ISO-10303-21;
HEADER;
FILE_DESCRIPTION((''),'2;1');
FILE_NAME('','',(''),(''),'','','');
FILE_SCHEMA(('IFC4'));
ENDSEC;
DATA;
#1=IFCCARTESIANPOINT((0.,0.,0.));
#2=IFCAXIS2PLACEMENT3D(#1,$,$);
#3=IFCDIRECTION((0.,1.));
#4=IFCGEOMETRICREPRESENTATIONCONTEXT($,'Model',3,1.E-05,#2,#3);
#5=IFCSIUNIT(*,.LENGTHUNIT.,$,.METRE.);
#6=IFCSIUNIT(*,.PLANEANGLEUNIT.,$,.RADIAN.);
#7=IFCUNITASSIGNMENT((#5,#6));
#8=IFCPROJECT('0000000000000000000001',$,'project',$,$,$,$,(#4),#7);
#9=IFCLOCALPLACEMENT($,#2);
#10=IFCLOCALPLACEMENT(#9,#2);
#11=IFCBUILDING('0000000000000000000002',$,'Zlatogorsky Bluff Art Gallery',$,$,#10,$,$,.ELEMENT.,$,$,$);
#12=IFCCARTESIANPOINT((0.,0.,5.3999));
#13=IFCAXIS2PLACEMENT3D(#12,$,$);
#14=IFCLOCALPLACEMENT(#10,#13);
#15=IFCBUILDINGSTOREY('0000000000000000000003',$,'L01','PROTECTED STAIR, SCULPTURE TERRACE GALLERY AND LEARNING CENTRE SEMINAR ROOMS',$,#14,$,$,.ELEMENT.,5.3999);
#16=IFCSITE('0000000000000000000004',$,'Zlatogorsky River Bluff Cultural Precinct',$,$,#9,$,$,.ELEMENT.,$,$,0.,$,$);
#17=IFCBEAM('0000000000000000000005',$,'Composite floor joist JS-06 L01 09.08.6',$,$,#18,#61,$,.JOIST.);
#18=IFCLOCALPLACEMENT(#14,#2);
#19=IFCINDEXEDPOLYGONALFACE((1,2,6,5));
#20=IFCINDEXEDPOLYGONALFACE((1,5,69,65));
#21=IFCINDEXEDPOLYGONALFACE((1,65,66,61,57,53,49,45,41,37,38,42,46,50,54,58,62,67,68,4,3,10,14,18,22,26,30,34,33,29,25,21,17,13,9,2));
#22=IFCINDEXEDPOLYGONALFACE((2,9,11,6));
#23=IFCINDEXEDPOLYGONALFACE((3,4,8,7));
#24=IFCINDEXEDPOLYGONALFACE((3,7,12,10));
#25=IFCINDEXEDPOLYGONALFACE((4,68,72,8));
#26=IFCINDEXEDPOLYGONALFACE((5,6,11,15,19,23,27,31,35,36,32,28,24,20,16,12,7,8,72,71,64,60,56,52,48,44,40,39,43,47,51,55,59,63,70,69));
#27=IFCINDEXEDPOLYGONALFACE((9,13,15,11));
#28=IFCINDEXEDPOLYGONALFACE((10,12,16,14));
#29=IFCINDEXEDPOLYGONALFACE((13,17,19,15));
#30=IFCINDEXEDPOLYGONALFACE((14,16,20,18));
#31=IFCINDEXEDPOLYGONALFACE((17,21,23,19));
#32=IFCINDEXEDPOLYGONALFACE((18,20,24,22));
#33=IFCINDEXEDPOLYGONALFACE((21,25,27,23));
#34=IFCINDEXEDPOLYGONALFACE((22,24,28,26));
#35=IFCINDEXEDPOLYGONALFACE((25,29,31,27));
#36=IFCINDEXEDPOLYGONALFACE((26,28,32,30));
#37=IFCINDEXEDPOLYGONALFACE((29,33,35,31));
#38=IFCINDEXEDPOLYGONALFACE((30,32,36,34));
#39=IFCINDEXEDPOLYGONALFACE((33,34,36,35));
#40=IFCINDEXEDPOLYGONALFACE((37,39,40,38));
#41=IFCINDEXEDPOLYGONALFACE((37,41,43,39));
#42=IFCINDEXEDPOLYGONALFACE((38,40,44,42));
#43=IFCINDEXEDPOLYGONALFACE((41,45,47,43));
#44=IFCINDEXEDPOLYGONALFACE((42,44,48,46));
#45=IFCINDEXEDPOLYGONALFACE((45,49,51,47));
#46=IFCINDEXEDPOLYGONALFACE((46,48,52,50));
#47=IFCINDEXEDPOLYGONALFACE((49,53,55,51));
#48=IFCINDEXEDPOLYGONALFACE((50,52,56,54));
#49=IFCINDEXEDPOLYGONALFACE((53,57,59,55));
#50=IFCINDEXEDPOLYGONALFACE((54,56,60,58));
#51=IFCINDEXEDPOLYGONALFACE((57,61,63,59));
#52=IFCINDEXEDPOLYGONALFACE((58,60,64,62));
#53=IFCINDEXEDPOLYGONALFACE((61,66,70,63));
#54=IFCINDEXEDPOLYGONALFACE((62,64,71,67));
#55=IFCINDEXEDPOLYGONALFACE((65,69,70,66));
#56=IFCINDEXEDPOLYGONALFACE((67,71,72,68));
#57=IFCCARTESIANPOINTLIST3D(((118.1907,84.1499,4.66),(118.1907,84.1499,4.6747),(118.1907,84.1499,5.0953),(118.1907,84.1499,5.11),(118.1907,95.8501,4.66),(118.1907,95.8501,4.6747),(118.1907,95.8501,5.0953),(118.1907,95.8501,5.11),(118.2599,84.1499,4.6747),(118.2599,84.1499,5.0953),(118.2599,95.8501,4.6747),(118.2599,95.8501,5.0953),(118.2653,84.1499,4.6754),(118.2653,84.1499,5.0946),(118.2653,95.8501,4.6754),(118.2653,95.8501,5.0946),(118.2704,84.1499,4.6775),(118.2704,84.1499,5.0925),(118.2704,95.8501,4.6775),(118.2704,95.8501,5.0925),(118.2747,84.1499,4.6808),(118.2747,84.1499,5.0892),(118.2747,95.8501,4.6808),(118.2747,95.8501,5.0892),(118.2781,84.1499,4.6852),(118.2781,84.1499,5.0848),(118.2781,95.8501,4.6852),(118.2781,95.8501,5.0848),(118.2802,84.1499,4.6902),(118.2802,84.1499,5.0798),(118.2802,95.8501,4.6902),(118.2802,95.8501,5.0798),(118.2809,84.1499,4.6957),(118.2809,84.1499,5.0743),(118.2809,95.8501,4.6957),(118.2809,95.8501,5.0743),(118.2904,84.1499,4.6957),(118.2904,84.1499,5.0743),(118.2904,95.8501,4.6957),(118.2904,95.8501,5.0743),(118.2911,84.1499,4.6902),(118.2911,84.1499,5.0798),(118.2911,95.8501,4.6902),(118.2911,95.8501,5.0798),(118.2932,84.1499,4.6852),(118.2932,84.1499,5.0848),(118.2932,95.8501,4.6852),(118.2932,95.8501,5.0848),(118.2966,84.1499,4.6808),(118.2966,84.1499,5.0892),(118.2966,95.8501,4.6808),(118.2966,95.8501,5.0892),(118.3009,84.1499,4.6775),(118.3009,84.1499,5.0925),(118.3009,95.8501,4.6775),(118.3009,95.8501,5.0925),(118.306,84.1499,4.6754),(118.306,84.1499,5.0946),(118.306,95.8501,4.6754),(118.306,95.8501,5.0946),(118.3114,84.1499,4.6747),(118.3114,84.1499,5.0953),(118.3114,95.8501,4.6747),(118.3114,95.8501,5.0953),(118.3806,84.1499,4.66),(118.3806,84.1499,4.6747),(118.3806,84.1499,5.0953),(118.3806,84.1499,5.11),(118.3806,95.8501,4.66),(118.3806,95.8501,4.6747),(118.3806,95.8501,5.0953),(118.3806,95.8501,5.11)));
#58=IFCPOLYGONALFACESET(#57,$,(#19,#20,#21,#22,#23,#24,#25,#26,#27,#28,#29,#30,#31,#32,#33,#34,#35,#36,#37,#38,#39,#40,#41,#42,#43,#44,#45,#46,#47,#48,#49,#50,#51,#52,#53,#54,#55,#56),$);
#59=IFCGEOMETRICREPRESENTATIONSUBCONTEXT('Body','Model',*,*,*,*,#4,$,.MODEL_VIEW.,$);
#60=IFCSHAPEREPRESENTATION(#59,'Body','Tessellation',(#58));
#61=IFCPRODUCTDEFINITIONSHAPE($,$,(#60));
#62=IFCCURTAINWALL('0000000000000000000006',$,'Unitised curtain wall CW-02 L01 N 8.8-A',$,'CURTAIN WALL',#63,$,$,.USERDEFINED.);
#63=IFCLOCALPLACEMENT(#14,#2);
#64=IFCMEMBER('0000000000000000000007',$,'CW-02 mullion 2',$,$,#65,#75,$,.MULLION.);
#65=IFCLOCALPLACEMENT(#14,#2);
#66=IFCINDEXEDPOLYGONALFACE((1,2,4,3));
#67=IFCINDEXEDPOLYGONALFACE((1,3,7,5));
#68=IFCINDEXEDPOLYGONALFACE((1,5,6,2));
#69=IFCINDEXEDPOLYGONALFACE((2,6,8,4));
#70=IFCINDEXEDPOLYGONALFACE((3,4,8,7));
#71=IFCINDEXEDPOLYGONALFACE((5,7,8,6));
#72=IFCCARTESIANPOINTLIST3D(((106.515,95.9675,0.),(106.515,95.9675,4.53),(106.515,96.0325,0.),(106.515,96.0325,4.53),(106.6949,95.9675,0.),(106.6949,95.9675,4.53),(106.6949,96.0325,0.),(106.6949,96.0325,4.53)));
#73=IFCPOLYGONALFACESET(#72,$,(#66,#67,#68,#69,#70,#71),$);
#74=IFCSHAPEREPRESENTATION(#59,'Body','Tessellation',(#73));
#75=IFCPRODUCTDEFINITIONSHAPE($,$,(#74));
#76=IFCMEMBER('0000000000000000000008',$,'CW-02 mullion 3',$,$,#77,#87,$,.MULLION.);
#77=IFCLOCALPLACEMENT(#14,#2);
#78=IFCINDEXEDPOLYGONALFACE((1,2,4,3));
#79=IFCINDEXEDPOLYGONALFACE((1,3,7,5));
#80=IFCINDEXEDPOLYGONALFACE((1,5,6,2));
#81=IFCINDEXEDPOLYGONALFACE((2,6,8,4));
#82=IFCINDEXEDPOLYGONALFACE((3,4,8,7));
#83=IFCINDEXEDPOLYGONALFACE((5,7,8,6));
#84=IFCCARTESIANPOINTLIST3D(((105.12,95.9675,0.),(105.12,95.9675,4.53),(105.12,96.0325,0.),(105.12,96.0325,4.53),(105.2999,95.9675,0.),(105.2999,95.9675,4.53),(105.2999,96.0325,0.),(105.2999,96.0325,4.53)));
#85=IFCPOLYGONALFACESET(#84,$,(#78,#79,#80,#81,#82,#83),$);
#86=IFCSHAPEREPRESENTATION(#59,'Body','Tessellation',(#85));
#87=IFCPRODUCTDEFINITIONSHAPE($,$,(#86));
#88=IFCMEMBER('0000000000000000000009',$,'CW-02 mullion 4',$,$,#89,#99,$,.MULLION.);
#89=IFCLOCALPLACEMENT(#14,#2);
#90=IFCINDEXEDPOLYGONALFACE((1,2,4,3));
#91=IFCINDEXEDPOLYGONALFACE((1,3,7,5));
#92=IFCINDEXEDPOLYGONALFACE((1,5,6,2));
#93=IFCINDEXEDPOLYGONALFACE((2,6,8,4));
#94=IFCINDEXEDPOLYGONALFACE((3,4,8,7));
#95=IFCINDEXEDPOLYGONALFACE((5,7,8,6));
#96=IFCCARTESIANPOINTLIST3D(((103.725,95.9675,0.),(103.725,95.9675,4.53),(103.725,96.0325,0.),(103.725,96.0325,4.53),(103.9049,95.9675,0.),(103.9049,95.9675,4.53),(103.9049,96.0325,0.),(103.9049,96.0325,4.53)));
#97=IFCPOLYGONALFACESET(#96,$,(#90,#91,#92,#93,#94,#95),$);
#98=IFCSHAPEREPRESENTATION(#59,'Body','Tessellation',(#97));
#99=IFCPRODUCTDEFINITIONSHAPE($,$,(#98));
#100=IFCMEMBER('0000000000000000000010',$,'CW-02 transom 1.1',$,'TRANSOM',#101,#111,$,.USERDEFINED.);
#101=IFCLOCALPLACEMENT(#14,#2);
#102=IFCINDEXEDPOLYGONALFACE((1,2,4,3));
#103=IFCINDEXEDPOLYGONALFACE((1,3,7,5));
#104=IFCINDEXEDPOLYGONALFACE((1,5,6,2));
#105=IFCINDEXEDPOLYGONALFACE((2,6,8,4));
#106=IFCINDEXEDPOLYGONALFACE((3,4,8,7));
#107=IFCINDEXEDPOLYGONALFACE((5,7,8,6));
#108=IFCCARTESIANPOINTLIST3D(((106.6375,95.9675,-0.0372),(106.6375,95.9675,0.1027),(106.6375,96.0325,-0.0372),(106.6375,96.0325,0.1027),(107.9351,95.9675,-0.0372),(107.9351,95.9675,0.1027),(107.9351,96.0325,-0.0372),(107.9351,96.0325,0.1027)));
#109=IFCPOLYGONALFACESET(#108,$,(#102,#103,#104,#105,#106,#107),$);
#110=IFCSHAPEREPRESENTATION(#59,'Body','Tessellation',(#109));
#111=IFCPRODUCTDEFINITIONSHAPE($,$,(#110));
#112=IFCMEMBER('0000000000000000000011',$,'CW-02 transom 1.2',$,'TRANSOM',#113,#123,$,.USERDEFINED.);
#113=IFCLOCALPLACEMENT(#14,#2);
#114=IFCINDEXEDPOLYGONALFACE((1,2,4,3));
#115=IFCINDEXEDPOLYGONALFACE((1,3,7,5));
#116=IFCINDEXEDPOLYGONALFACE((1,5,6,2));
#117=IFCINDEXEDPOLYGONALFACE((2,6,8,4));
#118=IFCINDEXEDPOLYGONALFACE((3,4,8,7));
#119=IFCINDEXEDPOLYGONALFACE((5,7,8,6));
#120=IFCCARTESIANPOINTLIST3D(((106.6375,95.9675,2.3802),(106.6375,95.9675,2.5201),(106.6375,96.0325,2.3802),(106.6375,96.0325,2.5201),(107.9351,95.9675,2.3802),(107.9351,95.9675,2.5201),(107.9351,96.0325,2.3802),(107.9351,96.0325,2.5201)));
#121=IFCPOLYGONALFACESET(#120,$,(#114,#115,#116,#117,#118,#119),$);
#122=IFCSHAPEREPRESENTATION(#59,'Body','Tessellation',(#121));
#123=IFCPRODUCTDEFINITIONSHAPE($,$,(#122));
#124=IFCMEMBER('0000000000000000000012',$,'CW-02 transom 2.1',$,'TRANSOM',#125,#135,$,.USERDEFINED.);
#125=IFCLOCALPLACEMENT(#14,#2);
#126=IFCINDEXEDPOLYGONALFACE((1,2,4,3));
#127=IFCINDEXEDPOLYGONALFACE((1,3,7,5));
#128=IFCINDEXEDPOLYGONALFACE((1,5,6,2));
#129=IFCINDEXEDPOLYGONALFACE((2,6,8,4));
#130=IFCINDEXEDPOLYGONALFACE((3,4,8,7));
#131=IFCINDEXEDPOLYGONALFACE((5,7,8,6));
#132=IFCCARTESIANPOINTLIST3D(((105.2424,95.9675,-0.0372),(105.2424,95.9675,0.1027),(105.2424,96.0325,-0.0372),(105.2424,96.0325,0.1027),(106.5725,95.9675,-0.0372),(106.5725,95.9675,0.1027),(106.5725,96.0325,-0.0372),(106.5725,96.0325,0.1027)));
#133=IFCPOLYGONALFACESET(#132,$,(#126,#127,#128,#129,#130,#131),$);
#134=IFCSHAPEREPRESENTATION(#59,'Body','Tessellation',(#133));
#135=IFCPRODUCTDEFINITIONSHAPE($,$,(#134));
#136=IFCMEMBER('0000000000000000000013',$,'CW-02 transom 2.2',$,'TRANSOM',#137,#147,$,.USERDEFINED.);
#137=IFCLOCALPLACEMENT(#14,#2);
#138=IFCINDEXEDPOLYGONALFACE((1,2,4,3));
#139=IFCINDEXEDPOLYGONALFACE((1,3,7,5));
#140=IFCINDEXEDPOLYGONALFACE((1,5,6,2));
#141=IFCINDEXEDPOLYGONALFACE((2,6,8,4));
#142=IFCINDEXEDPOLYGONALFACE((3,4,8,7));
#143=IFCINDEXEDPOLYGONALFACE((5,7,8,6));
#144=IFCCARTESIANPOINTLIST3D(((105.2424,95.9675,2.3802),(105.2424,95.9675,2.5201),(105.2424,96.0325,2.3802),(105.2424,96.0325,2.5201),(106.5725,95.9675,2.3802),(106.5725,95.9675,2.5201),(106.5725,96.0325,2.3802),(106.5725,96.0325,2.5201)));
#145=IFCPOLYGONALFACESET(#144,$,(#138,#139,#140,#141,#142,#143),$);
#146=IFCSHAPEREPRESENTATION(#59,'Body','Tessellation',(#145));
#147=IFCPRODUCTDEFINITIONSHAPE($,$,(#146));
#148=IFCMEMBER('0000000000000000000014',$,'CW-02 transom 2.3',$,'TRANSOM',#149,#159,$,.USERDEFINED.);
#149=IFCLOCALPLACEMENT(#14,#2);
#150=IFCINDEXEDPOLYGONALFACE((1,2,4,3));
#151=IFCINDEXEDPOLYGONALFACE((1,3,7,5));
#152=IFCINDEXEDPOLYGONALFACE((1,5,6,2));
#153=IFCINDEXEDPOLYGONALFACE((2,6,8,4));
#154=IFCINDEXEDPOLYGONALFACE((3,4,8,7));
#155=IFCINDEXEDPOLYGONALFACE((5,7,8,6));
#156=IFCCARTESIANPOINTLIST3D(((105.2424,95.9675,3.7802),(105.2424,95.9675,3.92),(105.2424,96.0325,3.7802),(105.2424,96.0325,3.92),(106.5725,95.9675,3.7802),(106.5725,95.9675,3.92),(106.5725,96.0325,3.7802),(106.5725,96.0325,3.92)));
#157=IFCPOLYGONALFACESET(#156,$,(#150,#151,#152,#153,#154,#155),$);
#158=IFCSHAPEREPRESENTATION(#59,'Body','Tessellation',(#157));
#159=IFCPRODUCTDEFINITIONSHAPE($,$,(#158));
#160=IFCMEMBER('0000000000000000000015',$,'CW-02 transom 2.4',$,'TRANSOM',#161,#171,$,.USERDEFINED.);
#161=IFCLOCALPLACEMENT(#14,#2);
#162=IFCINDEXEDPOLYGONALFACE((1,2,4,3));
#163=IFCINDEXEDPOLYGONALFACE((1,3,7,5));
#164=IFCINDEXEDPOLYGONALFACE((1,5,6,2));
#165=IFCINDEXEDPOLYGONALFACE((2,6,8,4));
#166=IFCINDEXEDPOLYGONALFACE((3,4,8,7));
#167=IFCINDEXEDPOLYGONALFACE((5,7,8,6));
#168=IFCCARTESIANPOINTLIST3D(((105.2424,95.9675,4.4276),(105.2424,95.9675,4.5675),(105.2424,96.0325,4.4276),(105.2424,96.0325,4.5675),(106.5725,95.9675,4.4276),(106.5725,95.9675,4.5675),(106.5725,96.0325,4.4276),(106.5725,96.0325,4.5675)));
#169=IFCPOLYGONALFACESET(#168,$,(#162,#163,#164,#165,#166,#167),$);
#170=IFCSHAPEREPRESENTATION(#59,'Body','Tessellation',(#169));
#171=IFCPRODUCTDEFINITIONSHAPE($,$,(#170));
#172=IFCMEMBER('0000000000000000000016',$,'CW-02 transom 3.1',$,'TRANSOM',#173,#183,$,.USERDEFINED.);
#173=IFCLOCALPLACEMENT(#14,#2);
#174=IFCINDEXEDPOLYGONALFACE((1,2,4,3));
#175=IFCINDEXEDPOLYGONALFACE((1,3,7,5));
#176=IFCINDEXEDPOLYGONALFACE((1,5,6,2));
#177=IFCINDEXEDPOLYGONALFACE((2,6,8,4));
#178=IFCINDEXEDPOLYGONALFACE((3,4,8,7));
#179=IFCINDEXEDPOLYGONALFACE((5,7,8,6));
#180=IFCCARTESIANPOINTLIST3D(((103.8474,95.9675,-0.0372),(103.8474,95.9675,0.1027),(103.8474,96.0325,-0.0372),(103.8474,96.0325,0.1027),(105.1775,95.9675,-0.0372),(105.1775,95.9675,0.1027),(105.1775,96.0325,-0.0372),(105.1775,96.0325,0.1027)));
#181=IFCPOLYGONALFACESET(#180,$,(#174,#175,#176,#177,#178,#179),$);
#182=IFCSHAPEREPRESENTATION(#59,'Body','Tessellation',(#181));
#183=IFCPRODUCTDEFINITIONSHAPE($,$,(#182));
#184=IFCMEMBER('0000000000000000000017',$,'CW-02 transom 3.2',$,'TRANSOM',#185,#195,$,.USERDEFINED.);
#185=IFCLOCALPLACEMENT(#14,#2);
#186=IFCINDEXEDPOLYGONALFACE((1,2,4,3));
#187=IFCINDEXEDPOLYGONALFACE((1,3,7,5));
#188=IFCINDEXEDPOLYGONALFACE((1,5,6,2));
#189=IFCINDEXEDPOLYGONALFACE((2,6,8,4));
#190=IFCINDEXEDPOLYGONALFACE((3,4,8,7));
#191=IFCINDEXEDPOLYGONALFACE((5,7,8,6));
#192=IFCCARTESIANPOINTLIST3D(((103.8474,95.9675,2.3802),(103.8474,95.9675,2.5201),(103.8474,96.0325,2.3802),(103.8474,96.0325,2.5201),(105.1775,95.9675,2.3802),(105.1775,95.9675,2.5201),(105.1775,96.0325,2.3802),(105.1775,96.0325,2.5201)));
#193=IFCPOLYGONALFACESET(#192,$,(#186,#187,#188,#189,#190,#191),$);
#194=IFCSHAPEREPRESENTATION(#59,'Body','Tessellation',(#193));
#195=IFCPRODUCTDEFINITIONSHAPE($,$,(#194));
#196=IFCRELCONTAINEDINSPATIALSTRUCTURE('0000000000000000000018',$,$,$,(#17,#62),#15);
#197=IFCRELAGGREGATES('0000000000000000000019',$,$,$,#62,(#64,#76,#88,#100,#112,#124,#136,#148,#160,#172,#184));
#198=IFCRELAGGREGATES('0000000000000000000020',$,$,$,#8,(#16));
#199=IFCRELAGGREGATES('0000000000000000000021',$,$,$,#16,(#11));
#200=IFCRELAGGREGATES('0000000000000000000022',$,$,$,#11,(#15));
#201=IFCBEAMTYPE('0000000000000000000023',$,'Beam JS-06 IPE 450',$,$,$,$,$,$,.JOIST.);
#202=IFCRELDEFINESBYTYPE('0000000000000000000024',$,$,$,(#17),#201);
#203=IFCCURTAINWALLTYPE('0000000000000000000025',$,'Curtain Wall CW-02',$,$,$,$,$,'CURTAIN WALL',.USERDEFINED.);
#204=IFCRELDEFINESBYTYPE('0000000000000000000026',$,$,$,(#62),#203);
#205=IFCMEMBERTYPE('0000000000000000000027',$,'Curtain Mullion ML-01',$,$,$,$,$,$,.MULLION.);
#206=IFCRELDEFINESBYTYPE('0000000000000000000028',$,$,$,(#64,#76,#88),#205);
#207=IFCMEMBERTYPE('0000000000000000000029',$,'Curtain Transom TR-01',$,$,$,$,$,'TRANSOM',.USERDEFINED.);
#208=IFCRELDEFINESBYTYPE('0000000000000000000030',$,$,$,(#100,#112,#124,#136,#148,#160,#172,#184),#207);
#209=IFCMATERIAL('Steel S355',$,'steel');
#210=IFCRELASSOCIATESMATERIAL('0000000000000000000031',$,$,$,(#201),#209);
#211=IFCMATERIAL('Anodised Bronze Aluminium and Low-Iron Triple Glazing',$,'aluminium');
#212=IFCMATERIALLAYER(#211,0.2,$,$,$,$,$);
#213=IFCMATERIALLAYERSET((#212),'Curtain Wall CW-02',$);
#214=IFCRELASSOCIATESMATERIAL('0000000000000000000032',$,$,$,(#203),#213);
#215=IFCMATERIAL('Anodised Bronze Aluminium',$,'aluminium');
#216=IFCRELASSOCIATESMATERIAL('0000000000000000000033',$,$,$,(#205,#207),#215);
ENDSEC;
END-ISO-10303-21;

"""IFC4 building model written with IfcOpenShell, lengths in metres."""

from ifc_helpers import new_model, si_unit, direction, frame, origin, origin_2d, place, context, subcontext, project, spatial, rectangle, i_section, extrude, material, layer, layer_set, material_profile, profile_set, type_object, element, aggregate, save


model = new_model("IFC4")

# Units and contexts
model_context = context("Model", 3, precision=1e-05, world=origin(), true_north=direction((0.0, 1.0)))
body_context = subcontext(model_context, "Body", "Model", "MODEL_VIEW")
ifc_project = project(units=[si_unit("LENGTHUNIT", "METRE"), si_unit("PLANEANGLEUNIT", "RADIAN")], contexts=[model_context])

# Site, building, storey
site_placement = place(None, origin())
site = spatial("IfcSite", under=ifc_project, at=site_placement, Name="Zlatogorsky River Bluff Cultural Precinct", CompositionType="ELEMENT", RefElevation=0.0)
building_placement = place(site_placement, origin())
building = spatial("IfcBuilding", under=site, at=building_placement, Name="Zlatogorsky Bluff Art Gallery", CompositionType="ELEMENT")
storey_placement = place(building_placement, frame((0.0, 0.0, 5.3999)))
storey = spatial("IfcBuildingStorey", under=building, at=storey_placement, Name="L01", Description="PROTECTED STAIR, SCULPTURE TERRACE GALLERY AND LEARNING CENTRE SEMINAR ROOMS", CompositionType="ELEMENT", Elevation=5.3999)

# Beam
ifc_material_1 = material(Name="Steel S355", Category="steel")
ifc_material_profile_1 = material_profile(ifc_material_1, i_section(OverallWidth=0.1899, OverallDepth=0.45, WebThickness=0.0095, FlangeThickness=0.0146, FilletRadius=0.021, at=origin_2d()), Name="IPE 450")
ifc_profile_set_1 = profile_set([ifc_material_profile_1], Name="Steel S355")
beam_type = type_object("IfcBeamType", Name="Beam JS-06 IPE 450", PredefinedType="JOIST", material=ifc_profile_set_1)
beam_placement = place(storey_placement, frame((118.2856, 84.1499, 4.885), z_axis=(0.0, 1.0, 0.0), x_axis=(-1.0, 0.0, 0.0)))
element("IfcBeam", 1, at=beam_placement, inside=storey, type_object=beam_type, Name="Composite floor joist JS-06 L01 09.08.6", PredefinedType="JOIST", context=body_context, shape_type="SweptSolid", body=[
    extrude(i_section(OverallWidth=0.1899, OverallDepth=0.45, WebThickness=0.0095, FlangeThickness=0.0146, FilletRadius=0.021, at=origin_2d()), origin(), (0.0, 0.0, 1.0), 11.7002),
])

# Curtain wall, members
ifc_material_2 = material(Name="Anodised Bronze Aluminium and Low-Iron Triple Glazing", Category="aluminium")
ifc_layer_1 = layer(ifc_material_2, 0.2)
ifc_layer_set_1 = layer_set([ifc_layer_1], Name="Curtain Wall CW-02")
curtain_wall_type = type_object("IfcCurtainWallType", Name="Curtain Wall CW-02", ElementType="CURTAIN WALL", PredefinedType="USERDEFINED", material=ifc_layer_set_1)
curtain_wall_placement = place(storey_placement, origin())
curtain_wall = element("IfcCurtainWall", 2, at=curtain_wall_placement, inside=storey, type_object=curtain_wall_type, Name="Unitised curtain wall CW-02 L01 N 8.8-A", ObjectType="CURTAIN WALL", PredefinedType="USERDEFINED")
ifc_material_3 = material(Name="Anodised Bronze Aluminium", Category="aluminium")
ifc_material_profile_2 = material_profile(ifc_material_3, rectangle(XDim=0.0649, YDim=0.1799, at=origin_2d()), Name="ALU MULLION 65x180")
ifc_profile_set_2 = profile_set([ifc_material_profile_2], Name="Anodised Bronze Aluminium")
member_type_1 = type_object("IfcMemberType", Name="Curtain Mullion ML-01", PredefinedType="MULLION", material=ifc_profile_set_2)
member_1_placement = place(storey_placement, frame((106.605, 96.0, 0.0), z_axis=(0.0, 0.0, 1.0), x_axis=(0.0, -1.0, 0.0)))
member_1 = element("IfcMember", 3, at=member_1_placement, type_object=member_type_1, Name="CW-02 mullion 2", PredefinedType="MULLION", context=body_context, shape_type="SweptSolid", body=[
    extrude(rectangle(XDim=0.0649, YDim=0.1799, at=origin_2d()), origin(), (0.0, 0.0, 1.0), 4.53),
])
member_2_placement = place(storey_placement, frame((105.21, 96.0, 0.0), z_axis=(0.0, 0.0, 1.0), x_axis=(0.0, -1.0, 0.0)))
member_2 = element("IfcMember", 4, at=member_2_placement, type_object=member_type_1, Name="CW-02 mullion 3", PredefinedType="MULLION", context=body_context, shape_type="SweptSolid", body=[
    extrude(rectangle(XDim=0.0649, YDim=0.1799, at=origin_2d()), origin(), (0.0, 0.0, 1.0), 4.53),
])
member_3_placement = place(storey_placement, frame((103.8149, 96.0, 0.0), z_axis=(0.0, 0.0, 1.0), x_axis=(0.0, -1.0, 0.0)))
member_3 = element("IfcMember", 5, at=member_3_placement, type_object=member_type_1, Name="CW-02 mullion 4", PredefinedType="MULLION", context=body_context, shape_type="SweptSolid", body=[
    extrude(rectangle(XDim=0.0649, YDim=0.1799, at=origin_2d()), origin(), (0.0, 0.0, 1.0), 4.53),
])
ifc_material_profile_3 = material_profile(ifc_material_3, rectangle(XDim=0.0649, YDim=0.1399, at=origin_2d()), Name="ALU TRANSOM 65x140")
ifc_profile_set_3 = profile_set([ifc_material_profile_3], Name="Anodised Bronze Aluminium")
member_type_2 = type_object("IfcMemberType", Name="Curtain Transom TR-01", ElementType="TRANSOM", PredefinedType="USERDEFINED", material=ifc_profile_set_3)
member_4_placement = place(storey_placement, frame((107.9351, 96.0, 0.0327), z_axis=(-1.0, 0.0, 0.0), x_axis=(0.0, -1.0, 0.0)))
member_4 = element("IfcMember", 6, at=member_4_placement, type_object=member_type_2, Name="CW-02 transom 1.1", ObjectType="TRANSOM", PredefinedType="USERDEFINED", context=body_context, shape_type="SweptSolid", body=[
    extrude(rectangle(XDim=0.0649, YDim=0.1399, at=origin_2d()), origin(), (0.0, 0.0, 1.0), 1.2976),
])
member_5_placement = place(storey_placement, frame((107.9351, 96.0, 2.4502), z_axis=(-1.0, 0.0, 0.0), x_axis=(0.0, -1.0, 0.0)))
member_5 = element("IfcMember", 7, at=member_5_placement, type_object=member_type_2, Name="CW-02 transom 1.2", ObjectType="TRANSOM", PredefinedType="USERDEFINED", context=body_context, shape_type="SweptSolid", body=[
    extrude(rectangle(XDim=0.0649, YDim=0.1399, at=origin_2d()), origin(), (0.0, 0.0, 1.0), 1.2976),
])
member_6_placement = place(storey_placement, frame((106.5725, 96.0, 0.0327), z_axis=(-1.0, 0.0, 0.0), x_axis=(0.0, -1.0, 0.0)))
member_6 = element("IfcMember", 8, at=member_6_placement, type_object=member_type_2, Name="CW-02 transom 2.1", ObjectType="TRANSOM", PredefinedType="USERDEFINED", context=body_context, shape_type="SweptSolid", body=[
    extrude(rectangle(XDim=0.0649, YDim=0.1399, at=origin_2d()), origin(), (0.0, 0.0, 1.0), 1.3301),
])
member_7_placement = place(storey_placement, frame((106.5725, 96.0, 2.4502), z_axis=(-1.0, 0.0, 0.0), x_axis=(0.0, -1.0, 0.0)))
member_7 = element("IfcMember", 9, at=member_7_placement, type_object=member_type_2, Name="CW-02 transom 2.2", ObjectType="TRANSOM", PredefinedType="USERDEFINED", context=body_context, shape_type="SweptSolid", body=[
    extrude(rectangle(XDim=0.0649, YDim=0.1399, at=origin_2d()), origin(), (0.0, 0.0, 1.0), 1.3301),
])
member_8_placement = place(storey_placement, frame((106.5725, 96.0, 3.8501), z_axis=(-1.0, 0.0, 0.0), x_axis=(0.0, -1.0, 0.0)))
member_8 = element("IfcMember", 10, at=member_8_placement, type_object=member_type_2, Name="CW-02 transom 2.3", ObjectType="TRANSOM", PredefinedType="USERDEFINED", context=body_context, shape_type="SweptSolid", body=[
    extrude(rectangle(XDim=0.0649, YDim=0.1399, at=origin_2d()), origin(), (0.0, 0.0, 1.0), 1.3301),
])
member_9_placement = place(storey_placement, frame((106.5725, 96.0, 4.4976), z_axis=(-1.0, 0.0, 0.0), x_axis=(0.0, -1.0, 0.0)))
member_9 = element("IfcMember", 11, at=member_9_placement, type_object=member_type_2, Name="CW-02 transom 2.4", ObjectType="TRANSOM", PredefinedType="USERDEFINED", context=body_context, shape_type="SweptSolid", body=[
    extrude(rectangle(XDim=0.0649, YDim=0.1399, at=origin_2d()), origin(), (0.0, 0.0, 1.0), 1.3301),
])
member_10_placement = place(storey_placement, frame((105.1775, 96.0, 0.0327), z_axis=(-1.0, 0.0, 0.0), x_axis=(0.0, -1.0, 0.0)))
member_10 = element("IfcMember", 12, at=member_10_placement, type_object=member_type_2, Name="CW-02 transom 3.1", ObjectType="TRANSOM", PredefinedType="USERDEFINED", context=body_context, shape_type="SweptSolid", body=[
    extrude(rectangle(XDim=0.0649, YDim=0.1399, at=origin_2d()), origin(), (0.0, 0.0, 1.0), 1.3301),
])
member_11_placement = place(storey_placement, frame((105.1775, 96.0, 2.4502), z_axis=(-1.0, 0.0, 0.0), x_axis=(0.0, -1.0, 0.0)))
member_11 = element("IfcMember", 13, at=member_11_placement, type_object=member_type_2, Name="CW-02 transom 3.2", ObjectType="TRANSOM", PredefinedType="USERDEFINED", context=body_context, shape_type="SweptSolid", body=[
    extrude(rectangle(XDim=0.0649, YDim=0.1399, at=origin_2d()), origin(), (0.0, 0.0, 1.0), 1.3301),
])
aggregate(curtain_wall, [member_1, member_2, member_3, member_4, member_5, member_6, member_7, member_8, member_9, member_10, member_11])

save(model, "model.ifc")
